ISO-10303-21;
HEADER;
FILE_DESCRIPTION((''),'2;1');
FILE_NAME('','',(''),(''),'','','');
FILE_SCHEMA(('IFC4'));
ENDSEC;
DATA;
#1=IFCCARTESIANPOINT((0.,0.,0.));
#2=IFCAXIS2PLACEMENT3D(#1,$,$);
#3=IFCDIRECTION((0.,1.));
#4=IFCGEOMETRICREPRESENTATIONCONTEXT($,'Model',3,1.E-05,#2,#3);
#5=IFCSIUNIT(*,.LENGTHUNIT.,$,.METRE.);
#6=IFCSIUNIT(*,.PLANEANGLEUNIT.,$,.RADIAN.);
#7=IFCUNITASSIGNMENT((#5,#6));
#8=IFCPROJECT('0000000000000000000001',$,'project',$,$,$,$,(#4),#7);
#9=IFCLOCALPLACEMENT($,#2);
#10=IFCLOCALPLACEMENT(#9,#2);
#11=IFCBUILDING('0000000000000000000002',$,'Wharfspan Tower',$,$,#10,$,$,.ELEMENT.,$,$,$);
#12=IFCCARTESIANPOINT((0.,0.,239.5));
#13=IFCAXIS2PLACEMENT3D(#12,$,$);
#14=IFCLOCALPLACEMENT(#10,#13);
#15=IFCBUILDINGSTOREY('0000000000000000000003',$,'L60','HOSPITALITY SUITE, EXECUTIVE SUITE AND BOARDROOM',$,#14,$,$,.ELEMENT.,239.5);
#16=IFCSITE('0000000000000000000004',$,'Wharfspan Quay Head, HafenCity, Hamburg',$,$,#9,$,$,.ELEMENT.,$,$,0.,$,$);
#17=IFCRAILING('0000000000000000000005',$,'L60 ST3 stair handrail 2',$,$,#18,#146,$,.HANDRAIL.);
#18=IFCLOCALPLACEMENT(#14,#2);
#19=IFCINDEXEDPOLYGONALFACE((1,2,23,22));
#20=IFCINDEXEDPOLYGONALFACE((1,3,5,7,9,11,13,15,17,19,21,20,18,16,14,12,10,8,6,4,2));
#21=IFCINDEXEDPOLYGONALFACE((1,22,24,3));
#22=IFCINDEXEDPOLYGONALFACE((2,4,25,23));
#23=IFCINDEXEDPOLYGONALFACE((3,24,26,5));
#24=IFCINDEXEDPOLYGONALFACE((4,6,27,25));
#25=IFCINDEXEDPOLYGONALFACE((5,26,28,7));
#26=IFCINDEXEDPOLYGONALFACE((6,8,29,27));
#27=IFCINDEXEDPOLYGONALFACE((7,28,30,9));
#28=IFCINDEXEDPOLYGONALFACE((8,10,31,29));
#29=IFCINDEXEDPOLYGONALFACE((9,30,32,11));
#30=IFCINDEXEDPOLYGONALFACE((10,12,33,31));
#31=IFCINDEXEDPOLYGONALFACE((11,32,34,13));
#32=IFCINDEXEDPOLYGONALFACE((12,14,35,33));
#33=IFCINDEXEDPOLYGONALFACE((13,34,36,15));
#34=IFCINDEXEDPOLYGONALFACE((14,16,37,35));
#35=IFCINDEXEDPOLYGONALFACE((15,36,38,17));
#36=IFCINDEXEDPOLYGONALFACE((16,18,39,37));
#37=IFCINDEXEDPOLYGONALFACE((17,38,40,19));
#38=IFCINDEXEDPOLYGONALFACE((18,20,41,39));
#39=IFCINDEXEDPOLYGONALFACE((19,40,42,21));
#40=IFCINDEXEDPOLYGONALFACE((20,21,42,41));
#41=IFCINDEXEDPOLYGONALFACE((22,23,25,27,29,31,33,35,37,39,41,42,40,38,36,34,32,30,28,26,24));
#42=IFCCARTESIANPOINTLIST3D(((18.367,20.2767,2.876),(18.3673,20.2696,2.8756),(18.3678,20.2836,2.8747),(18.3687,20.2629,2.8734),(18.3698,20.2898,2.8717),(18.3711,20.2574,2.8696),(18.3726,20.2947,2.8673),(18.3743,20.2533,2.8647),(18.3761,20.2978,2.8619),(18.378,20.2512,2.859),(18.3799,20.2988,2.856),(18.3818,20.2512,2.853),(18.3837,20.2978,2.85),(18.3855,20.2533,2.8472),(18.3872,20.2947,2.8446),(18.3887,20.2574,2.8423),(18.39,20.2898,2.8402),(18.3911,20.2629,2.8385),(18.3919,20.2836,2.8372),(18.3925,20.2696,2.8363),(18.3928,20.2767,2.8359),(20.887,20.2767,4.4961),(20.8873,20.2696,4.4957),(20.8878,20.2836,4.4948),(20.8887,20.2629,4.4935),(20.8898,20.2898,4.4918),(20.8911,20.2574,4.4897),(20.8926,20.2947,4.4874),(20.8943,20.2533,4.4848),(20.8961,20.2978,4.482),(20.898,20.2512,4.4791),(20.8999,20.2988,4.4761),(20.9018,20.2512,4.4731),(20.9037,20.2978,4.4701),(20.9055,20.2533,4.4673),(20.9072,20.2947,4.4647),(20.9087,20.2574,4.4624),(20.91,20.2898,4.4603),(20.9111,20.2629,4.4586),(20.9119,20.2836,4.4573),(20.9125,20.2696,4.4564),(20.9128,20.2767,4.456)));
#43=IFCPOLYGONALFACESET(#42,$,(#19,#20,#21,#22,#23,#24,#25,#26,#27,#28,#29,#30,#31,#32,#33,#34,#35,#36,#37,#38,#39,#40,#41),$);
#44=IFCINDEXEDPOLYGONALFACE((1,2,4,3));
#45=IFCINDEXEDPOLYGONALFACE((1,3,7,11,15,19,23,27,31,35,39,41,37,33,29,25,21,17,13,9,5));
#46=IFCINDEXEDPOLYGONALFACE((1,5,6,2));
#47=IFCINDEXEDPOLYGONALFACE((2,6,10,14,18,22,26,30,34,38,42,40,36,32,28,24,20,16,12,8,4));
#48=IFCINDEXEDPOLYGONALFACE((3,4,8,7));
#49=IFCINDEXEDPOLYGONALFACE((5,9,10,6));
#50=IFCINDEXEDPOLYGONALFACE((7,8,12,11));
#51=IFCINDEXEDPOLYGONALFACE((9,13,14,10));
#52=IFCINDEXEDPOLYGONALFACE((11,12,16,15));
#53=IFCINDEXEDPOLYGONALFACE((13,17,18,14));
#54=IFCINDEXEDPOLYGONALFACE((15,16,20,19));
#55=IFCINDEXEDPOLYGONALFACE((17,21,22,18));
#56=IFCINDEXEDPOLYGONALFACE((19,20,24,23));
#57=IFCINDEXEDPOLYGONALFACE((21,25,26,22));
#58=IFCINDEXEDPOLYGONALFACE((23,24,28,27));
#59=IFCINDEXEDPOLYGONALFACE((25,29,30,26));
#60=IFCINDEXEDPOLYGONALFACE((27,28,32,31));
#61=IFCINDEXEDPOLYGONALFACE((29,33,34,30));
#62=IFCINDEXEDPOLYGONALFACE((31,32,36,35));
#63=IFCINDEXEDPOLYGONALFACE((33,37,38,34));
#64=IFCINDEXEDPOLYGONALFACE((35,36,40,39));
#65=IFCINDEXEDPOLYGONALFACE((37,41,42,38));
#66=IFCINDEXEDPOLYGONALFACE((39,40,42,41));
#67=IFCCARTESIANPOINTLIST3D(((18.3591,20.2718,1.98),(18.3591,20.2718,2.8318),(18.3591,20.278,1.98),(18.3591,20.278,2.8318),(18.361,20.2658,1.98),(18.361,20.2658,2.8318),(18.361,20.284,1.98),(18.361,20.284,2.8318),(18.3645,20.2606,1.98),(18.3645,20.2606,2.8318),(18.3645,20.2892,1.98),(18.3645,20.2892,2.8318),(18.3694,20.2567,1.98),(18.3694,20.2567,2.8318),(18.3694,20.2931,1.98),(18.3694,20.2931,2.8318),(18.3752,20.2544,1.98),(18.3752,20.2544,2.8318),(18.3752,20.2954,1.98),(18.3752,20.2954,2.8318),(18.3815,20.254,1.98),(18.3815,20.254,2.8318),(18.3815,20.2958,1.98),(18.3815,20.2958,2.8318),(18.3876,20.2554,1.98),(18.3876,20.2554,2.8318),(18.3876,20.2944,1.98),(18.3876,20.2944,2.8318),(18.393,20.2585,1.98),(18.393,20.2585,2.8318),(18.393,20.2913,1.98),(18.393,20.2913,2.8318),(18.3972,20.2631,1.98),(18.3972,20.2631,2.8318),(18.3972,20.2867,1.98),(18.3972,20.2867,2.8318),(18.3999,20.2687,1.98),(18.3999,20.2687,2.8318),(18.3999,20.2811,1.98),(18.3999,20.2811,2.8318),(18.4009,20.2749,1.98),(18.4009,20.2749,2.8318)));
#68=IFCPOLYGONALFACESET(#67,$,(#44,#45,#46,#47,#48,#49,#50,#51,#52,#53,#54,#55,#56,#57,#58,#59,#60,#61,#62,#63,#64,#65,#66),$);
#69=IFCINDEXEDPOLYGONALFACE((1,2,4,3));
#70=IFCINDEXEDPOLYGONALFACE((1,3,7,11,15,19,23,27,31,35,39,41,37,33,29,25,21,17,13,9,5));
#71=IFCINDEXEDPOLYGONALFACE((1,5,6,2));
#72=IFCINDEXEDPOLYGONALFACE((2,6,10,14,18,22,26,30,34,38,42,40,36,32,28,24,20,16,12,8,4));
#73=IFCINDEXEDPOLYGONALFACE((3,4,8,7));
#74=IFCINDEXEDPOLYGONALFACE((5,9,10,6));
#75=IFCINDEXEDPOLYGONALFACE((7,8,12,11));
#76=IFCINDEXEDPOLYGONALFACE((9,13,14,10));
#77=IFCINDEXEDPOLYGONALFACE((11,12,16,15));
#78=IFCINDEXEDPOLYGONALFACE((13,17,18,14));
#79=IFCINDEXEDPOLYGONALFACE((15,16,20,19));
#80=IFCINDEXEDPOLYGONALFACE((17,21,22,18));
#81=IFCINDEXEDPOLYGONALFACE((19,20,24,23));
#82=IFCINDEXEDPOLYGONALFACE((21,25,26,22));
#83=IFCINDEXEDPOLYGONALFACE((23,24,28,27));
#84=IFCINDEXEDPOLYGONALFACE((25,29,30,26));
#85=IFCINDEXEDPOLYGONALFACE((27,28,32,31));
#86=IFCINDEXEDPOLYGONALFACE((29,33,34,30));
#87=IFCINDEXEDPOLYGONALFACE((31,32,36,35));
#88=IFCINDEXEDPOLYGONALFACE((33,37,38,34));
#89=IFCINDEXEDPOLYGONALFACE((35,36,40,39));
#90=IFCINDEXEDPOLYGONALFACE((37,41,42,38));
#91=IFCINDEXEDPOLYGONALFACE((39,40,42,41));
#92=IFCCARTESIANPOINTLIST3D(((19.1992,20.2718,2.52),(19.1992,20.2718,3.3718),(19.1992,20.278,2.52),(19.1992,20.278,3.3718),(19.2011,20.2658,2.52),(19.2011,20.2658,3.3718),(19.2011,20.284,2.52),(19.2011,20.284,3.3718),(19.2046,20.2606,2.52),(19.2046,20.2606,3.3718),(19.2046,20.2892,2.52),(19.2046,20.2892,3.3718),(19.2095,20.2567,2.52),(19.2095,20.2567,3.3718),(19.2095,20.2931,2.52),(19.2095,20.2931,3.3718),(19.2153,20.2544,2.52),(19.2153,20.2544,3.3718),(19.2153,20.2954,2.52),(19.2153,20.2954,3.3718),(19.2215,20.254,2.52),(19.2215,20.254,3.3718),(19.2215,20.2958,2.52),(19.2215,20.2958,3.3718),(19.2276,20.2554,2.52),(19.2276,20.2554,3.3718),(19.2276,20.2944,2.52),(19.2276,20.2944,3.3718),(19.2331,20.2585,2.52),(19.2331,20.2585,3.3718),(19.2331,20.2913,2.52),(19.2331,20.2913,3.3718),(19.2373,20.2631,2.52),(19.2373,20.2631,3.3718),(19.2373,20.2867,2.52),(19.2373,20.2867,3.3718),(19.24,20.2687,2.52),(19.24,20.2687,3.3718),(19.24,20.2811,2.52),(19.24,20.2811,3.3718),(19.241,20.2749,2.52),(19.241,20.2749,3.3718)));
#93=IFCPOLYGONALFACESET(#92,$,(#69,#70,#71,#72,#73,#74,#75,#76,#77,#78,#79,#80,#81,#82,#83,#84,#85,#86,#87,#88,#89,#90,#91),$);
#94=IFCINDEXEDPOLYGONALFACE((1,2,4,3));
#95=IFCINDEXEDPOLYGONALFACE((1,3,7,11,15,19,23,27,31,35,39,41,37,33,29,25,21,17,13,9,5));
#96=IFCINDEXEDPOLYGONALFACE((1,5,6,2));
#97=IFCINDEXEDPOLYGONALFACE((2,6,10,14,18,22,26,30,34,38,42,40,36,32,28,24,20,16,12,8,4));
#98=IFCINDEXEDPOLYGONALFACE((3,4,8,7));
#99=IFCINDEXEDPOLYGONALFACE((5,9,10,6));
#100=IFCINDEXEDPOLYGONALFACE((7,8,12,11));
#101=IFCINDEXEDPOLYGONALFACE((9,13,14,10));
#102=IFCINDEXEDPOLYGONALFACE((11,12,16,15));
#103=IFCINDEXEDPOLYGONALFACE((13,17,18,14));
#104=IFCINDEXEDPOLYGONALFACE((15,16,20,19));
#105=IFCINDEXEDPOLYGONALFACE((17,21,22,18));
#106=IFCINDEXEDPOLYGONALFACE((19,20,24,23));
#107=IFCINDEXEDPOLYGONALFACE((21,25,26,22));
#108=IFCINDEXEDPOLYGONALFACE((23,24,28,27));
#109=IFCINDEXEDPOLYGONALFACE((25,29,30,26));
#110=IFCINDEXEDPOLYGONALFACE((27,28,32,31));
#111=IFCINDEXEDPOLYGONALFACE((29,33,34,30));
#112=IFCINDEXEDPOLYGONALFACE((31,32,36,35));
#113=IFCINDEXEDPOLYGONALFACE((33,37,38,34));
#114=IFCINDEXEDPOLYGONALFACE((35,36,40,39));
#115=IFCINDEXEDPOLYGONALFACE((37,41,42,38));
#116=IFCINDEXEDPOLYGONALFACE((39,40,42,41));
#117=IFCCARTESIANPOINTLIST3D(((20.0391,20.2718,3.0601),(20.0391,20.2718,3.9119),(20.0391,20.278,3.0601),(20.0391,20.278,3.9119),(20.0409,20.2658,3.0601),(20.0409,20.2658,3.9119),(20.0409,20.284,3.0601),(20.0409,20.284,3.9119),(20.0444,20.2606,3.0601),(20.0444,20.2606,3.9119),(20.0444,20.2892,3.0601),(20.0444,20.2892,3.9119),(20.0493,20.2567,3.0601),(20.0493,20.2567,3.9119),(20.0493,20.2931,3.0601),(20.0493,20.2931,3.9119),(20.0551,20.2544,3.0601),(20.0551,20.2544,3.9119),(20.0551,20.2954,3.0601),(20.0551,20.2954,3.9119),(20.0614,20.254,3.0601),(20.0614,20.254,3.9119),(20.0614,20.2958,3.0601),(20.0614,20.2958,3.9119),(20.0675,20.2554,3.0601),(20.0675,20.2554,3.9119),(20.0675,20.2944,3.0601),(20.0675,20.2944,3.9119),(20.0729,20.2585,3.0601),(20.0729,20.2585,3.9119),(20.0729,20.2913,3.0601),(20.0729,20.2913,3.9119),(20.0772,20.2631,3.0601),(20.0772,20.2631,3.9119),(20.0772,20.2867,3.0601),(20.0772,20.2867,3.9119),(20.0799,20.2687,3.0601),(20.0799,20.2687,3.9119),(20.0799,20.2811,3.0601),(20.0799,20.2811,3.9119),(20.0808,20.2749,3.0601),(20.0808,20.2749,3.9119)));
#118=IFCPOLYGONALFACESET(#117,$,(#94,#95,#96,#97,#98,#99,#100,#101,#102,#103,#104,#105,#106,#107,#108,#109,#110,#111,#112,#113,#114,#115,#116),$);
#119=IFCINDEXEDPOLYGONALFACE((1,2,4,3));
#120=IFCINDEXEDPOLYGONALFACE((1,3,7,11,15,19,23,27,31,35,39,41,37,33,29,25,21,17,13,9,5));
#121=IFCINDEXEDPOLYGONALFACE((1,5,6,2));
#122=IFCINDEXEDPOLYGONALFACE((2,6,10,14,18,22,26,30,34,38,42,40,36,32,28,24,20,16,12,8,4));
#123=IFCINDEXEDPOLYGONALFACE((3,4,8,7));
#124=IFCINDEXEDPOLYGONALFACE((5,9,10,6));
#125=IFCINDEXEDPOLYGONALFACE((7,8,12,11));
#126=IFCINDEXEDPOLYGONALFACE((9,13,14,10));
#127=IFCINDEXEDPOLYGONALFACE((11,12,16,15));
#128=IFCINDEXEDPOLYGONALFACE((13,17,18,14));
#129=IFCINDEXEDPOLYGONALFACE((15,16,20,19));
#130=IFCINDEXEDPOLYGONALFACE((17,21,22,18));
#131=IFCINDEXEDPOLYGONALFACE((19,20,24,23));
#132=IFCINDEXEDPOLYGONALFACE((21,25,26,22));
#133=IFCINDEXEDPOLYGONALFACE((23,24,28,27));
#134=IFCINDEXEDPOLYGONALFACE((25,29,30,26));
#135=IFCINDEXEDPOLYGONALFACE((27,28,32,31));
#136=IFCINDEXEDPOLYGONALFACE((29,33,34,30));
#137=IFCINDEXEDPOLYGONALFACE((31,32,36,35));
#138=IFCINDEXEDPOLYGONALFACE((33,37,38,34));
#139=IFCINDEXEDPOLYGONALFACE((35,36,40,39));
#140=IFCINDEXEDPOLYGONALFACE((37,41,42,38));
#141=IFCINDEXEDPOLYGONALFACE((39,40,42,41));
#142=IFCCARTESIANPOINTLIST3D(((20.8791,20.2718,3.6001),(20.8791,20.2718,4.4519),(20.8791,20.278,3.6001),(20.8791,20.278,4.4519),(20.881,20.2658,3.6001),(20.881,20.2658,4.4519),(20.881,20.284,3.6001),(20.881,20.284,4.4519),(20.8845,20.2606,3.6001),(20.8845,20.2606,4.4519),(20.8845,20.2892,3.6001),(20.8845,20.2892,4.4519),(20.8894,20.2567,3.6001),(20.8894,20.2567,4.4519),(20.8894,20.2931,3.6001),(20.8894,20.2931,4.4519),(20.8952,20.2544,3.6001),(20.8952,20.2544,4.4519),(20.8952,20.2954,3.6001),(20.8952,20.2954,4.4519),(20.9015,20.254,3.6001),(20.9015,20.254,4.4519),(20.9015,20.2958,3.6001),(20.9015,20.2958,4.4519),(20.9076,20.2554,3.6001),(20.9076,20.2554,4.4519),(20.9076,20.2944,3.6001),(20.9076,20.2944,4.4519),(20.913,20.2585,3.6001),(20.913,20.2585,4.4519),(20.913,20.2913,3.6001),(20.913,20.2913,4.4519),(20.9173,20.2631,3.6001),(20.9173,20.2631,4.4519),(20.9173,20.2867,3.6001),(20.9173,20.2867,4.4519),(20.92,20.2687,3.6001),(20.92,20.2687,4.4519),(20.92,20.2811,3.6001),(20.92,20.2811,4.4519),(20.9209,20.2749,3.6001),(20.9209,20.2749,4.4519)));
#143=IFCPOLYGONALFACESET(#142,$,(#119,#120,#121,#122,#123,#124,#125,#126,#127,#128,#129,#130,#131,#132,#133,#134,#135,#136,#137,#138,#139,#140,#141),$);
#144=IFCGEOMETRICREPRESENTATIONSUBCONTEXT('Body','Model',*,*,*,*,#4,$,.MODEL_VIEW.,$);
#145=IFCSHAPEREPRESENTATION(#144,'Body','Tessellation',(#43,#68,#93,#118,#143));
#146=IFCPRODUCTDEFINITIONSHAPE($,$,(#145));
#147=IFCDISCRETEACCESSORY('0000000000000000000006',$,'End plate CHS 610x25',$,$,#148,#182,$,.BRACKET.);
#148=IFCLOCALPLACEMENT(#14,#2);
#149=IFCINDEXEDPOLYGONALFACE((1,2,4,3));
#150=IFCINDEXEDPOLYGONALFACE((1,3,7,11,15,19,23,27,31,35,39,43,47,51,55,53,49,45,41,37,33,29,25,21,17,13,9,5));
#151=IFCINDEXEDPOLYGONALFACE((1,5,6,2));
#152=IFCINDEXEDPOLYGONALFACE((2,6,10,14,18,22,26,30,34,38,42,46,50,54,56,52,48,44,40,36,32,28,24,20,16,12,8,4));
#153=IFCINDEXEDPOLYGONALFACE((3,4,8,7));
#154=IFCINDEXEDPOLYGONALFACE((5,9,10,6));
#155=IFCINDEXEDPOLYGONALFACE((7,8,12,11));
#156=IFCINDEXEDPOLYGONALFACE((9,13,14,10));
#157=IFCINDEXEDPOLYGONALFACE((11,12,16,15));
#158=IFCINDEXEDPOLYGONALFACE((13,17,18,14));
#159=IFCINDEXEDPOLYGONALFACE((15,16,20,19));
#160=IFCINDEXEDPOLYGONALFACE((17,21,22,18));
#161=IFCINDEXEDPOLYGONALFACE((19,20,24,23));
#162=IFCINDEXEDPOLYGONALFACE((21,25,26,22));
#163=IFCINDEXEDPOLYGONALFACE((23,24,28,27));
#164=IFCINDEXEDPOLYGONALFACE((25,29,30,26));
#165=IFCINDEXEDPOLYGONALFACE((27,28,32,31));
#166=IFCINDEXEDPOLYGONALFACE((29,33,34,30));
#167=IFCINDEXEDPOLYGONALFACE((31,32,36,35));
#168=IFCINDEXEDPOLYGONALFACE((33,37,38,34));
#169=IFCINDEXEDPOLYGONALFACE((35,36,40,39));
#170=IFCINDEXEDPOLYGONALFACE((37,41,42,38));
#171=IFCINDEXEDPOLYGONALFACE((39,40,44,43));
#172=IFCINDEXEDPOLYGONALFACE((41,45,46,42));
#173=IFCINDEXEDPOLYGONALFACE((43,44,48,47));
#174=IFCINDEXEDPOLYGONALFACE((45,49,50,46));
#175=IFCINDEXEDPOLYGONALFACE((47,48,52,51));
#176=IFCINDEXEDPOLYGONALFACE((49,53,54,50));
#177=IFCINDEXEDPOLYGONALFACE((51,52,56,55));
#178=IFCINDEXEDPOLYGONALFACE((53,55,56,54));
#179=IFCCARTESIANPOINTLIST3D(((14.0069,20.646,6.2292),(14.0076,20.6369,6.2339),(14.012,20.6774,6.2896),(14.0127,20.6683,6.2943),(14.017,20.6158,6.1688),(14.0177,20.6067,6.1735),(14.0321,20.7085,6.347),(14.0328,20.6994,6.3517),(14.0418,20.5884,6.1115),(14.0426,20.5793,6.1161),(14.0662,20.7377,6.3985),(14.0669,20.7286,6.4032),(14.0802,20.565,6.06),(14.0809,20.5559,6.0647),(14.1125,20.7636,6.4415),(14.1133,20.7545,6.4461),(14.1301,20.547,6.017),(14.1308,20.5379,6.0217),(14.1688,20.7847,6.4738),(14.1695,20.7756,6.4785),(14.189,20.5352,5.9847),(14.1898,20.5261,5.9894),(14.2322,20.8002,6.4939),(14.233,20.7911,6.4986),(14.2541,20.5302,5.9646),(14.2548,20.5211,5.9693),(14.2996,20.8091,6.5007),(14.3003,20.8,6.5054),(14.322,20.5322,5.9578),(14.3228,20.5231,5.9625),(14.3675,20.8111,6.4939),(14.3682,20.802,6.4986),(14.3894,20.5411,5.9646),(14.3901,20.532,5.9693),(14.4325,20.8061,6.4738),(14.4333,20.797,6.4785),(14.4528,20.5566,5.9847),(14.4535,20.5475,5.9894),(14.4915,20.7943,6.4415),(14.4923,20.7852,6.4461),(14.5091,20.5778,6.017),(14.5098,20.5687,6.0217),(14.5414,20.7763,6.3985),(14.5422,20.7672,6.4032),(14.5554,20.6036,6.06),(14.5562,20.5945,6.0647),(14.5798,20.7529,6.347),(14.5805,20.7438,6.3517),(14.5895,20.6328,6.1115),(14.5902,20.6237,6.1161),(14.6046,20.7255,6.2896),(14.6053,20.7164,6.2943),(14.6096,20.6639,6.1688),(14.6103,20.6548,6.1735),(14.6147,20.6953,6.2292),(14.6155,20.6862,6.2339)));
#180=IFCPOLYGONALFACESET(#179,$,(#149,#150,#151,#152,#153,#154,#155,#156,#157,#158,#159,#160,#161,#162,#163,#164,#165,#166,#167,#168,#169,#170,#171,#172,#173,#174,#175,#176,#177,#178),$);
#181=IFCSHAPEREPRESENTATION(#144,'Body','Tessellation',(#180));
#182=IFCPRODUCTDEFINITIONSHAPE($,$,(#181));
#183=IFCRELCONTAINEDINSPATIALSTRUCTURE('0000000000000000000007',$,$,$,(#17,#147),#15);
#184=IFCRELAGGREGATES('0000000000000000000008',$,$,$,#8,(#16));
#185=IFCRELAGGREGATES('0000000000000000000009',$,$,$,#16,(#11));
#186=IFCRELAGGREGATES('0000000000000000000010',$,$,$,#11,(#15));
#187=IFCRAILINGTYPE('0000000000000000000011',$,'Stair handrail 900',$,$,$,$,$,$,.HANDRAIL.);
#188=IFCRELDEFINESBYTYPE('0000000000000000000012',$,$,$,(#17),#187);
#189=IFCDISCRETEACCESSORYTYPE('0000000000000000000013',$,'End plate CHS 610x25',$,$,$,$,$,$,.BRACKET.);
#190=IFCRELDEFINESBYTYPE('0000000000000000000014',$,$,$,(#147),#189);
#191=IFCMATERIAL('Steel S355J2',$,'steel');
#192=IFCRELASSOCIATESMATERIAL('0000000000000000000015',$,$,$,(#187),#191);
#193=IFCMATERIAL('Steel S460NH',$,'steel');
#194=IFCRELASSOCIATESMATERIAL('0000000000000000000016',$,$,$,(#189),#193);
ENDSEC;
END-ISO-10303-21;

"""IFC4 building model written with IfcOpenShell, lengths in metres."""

from ifc_helpers import new_model, si_unit, direction, frame, origin, origin_2d, place, context, subcontext, project, spatial, circle, extrude, material, material_profile, profile_set, type_object, element, save


model = new_model("IFC4")

# Units and contexts
model_context = context("Model", 3, precision=1e-05, world=origin(), true_north=direction((0.0, 1.0)))
body_context = subcontext(model_context, "Body", "Model", "MODEL_VIEW")
ifc_project = project(units=[si_unit("LENGTHUNIT", "METRE"), si_unit("PLANEANGLEUNIT", "RADIAN")], contexts=[model_context])

# Site, building, storey
site_placement = place(None, origin())
site = spatial("IfcSite", under=ifc_project, at=site_placement, Name="Wharfspan Quay Head, HafenCity, Hamburg", CompositionType="ELEMENT", RefElevation=0.0)
building_placement = place(site_placement, origin())
building = spatial("IfcBuilding", under=site, at=building_placement, Name="Wharfspan Tower", CompositionType="ELEMENT")
storey_placement = place(building_placement, frame((0.0, 0.0, 239.5)))
storey = spatial("IfcBuildingStorey", under=building, at=storey_placement, Name="L60", Description="HOSPITALITY SUITE, EXECUTIVE SUITE AND BOARDROOM", CompositionType="ELEMENT", Elevation=239.5)

# Shared definitions
ifc_material_1 = material(Name="Steel S355J2", Category="steel")

# Shared definitions
ifc_material_2 = material(Name="Steel S460NH", Category="steel")

# Railing
railing_type = type_object("IfcRailingType", Name="Stair handrail 900", PredefinedType="HANDRAIL", material=ifc_material_1)
railing_placement = place(storey_placement, frame((18.3799, 20.2749, 1.98)))
element("IfcRailing", 1, at=railing_placement, inside=storey, type_object=railing_type, Name="L60 ST3 stair handrail 2", PredefinedType="HANDRAIL", context=body_context, shape_type="SweptSolid", body=[
    extrude(circle(Radius=0.0239, at=origin_2d()), frame((0.0, 0.0, 0.876), z_axis=(0.841163, 0.0, 0.540782), x_axis=(0.0, 1.0, 0.0)), (0.0, 0.0, 1.0), 2.9958),
    extrude(circle(Radius=0.021, at=origin_2d()), origin(), (0.0, 0.0, 1.0), 0.8518),
    extrude(circle(Radius=0.021, at=origin_2d()), frame((0.8401, 0.0, 0.54)), (0.0, 0.0, 1.0), 0.8518),
    extrude(circle(Radius=0.021, at=origin_2d()), frame((1.6799, 0.0, 1.0801)), (0.0, 0.0, 1.0), 0.8518),
    extrude(circle(Radius=0.021, at=origin_2d()), frame((2.52, 0.0, 1.6201)), (0.0, 0.0, 1.0), 0.8518),
])

# Discrete accessory
ifc_material_profile_1 = material_profile(ifc_material_2, circle(Radius=0.3049, at=origin_2d()))
ifc_profile_set_1 = profile_set([ifc_material_profile_1], Name="Steel S460NH")
discrete_accessory_type = type_object("IfcDiscreteAccessoryType", Name="End plate CHS 610x25", PredefinedType="BRACKET", material=ifc_profile_set_1)
for number, where, z_axis, x_axis, name in (
    (2, (14.3108, 20.6707, 6.2292), (0.07194, -0.887262, 0.455621), (0.996733, 0.080816, 0.0), "End plate CHS 610x25"),
):
    element("IfcDiscreteAccessory", number, at=place(storey_placement, frame(where, z_axis=z_axis, x_axis=x_axis)), inside=storey, type_object=discrete_accessory_type, Name=name, PredefinedType="BRACKET", context=body_context, shape_type="SweptSolid", body=[
        extrude(circle(Radius=0.3049, at=origin_2d()), origin(), (0.0, 0.0, 1.0), 0.0103),
    ])

save(model, "model.ifc")
